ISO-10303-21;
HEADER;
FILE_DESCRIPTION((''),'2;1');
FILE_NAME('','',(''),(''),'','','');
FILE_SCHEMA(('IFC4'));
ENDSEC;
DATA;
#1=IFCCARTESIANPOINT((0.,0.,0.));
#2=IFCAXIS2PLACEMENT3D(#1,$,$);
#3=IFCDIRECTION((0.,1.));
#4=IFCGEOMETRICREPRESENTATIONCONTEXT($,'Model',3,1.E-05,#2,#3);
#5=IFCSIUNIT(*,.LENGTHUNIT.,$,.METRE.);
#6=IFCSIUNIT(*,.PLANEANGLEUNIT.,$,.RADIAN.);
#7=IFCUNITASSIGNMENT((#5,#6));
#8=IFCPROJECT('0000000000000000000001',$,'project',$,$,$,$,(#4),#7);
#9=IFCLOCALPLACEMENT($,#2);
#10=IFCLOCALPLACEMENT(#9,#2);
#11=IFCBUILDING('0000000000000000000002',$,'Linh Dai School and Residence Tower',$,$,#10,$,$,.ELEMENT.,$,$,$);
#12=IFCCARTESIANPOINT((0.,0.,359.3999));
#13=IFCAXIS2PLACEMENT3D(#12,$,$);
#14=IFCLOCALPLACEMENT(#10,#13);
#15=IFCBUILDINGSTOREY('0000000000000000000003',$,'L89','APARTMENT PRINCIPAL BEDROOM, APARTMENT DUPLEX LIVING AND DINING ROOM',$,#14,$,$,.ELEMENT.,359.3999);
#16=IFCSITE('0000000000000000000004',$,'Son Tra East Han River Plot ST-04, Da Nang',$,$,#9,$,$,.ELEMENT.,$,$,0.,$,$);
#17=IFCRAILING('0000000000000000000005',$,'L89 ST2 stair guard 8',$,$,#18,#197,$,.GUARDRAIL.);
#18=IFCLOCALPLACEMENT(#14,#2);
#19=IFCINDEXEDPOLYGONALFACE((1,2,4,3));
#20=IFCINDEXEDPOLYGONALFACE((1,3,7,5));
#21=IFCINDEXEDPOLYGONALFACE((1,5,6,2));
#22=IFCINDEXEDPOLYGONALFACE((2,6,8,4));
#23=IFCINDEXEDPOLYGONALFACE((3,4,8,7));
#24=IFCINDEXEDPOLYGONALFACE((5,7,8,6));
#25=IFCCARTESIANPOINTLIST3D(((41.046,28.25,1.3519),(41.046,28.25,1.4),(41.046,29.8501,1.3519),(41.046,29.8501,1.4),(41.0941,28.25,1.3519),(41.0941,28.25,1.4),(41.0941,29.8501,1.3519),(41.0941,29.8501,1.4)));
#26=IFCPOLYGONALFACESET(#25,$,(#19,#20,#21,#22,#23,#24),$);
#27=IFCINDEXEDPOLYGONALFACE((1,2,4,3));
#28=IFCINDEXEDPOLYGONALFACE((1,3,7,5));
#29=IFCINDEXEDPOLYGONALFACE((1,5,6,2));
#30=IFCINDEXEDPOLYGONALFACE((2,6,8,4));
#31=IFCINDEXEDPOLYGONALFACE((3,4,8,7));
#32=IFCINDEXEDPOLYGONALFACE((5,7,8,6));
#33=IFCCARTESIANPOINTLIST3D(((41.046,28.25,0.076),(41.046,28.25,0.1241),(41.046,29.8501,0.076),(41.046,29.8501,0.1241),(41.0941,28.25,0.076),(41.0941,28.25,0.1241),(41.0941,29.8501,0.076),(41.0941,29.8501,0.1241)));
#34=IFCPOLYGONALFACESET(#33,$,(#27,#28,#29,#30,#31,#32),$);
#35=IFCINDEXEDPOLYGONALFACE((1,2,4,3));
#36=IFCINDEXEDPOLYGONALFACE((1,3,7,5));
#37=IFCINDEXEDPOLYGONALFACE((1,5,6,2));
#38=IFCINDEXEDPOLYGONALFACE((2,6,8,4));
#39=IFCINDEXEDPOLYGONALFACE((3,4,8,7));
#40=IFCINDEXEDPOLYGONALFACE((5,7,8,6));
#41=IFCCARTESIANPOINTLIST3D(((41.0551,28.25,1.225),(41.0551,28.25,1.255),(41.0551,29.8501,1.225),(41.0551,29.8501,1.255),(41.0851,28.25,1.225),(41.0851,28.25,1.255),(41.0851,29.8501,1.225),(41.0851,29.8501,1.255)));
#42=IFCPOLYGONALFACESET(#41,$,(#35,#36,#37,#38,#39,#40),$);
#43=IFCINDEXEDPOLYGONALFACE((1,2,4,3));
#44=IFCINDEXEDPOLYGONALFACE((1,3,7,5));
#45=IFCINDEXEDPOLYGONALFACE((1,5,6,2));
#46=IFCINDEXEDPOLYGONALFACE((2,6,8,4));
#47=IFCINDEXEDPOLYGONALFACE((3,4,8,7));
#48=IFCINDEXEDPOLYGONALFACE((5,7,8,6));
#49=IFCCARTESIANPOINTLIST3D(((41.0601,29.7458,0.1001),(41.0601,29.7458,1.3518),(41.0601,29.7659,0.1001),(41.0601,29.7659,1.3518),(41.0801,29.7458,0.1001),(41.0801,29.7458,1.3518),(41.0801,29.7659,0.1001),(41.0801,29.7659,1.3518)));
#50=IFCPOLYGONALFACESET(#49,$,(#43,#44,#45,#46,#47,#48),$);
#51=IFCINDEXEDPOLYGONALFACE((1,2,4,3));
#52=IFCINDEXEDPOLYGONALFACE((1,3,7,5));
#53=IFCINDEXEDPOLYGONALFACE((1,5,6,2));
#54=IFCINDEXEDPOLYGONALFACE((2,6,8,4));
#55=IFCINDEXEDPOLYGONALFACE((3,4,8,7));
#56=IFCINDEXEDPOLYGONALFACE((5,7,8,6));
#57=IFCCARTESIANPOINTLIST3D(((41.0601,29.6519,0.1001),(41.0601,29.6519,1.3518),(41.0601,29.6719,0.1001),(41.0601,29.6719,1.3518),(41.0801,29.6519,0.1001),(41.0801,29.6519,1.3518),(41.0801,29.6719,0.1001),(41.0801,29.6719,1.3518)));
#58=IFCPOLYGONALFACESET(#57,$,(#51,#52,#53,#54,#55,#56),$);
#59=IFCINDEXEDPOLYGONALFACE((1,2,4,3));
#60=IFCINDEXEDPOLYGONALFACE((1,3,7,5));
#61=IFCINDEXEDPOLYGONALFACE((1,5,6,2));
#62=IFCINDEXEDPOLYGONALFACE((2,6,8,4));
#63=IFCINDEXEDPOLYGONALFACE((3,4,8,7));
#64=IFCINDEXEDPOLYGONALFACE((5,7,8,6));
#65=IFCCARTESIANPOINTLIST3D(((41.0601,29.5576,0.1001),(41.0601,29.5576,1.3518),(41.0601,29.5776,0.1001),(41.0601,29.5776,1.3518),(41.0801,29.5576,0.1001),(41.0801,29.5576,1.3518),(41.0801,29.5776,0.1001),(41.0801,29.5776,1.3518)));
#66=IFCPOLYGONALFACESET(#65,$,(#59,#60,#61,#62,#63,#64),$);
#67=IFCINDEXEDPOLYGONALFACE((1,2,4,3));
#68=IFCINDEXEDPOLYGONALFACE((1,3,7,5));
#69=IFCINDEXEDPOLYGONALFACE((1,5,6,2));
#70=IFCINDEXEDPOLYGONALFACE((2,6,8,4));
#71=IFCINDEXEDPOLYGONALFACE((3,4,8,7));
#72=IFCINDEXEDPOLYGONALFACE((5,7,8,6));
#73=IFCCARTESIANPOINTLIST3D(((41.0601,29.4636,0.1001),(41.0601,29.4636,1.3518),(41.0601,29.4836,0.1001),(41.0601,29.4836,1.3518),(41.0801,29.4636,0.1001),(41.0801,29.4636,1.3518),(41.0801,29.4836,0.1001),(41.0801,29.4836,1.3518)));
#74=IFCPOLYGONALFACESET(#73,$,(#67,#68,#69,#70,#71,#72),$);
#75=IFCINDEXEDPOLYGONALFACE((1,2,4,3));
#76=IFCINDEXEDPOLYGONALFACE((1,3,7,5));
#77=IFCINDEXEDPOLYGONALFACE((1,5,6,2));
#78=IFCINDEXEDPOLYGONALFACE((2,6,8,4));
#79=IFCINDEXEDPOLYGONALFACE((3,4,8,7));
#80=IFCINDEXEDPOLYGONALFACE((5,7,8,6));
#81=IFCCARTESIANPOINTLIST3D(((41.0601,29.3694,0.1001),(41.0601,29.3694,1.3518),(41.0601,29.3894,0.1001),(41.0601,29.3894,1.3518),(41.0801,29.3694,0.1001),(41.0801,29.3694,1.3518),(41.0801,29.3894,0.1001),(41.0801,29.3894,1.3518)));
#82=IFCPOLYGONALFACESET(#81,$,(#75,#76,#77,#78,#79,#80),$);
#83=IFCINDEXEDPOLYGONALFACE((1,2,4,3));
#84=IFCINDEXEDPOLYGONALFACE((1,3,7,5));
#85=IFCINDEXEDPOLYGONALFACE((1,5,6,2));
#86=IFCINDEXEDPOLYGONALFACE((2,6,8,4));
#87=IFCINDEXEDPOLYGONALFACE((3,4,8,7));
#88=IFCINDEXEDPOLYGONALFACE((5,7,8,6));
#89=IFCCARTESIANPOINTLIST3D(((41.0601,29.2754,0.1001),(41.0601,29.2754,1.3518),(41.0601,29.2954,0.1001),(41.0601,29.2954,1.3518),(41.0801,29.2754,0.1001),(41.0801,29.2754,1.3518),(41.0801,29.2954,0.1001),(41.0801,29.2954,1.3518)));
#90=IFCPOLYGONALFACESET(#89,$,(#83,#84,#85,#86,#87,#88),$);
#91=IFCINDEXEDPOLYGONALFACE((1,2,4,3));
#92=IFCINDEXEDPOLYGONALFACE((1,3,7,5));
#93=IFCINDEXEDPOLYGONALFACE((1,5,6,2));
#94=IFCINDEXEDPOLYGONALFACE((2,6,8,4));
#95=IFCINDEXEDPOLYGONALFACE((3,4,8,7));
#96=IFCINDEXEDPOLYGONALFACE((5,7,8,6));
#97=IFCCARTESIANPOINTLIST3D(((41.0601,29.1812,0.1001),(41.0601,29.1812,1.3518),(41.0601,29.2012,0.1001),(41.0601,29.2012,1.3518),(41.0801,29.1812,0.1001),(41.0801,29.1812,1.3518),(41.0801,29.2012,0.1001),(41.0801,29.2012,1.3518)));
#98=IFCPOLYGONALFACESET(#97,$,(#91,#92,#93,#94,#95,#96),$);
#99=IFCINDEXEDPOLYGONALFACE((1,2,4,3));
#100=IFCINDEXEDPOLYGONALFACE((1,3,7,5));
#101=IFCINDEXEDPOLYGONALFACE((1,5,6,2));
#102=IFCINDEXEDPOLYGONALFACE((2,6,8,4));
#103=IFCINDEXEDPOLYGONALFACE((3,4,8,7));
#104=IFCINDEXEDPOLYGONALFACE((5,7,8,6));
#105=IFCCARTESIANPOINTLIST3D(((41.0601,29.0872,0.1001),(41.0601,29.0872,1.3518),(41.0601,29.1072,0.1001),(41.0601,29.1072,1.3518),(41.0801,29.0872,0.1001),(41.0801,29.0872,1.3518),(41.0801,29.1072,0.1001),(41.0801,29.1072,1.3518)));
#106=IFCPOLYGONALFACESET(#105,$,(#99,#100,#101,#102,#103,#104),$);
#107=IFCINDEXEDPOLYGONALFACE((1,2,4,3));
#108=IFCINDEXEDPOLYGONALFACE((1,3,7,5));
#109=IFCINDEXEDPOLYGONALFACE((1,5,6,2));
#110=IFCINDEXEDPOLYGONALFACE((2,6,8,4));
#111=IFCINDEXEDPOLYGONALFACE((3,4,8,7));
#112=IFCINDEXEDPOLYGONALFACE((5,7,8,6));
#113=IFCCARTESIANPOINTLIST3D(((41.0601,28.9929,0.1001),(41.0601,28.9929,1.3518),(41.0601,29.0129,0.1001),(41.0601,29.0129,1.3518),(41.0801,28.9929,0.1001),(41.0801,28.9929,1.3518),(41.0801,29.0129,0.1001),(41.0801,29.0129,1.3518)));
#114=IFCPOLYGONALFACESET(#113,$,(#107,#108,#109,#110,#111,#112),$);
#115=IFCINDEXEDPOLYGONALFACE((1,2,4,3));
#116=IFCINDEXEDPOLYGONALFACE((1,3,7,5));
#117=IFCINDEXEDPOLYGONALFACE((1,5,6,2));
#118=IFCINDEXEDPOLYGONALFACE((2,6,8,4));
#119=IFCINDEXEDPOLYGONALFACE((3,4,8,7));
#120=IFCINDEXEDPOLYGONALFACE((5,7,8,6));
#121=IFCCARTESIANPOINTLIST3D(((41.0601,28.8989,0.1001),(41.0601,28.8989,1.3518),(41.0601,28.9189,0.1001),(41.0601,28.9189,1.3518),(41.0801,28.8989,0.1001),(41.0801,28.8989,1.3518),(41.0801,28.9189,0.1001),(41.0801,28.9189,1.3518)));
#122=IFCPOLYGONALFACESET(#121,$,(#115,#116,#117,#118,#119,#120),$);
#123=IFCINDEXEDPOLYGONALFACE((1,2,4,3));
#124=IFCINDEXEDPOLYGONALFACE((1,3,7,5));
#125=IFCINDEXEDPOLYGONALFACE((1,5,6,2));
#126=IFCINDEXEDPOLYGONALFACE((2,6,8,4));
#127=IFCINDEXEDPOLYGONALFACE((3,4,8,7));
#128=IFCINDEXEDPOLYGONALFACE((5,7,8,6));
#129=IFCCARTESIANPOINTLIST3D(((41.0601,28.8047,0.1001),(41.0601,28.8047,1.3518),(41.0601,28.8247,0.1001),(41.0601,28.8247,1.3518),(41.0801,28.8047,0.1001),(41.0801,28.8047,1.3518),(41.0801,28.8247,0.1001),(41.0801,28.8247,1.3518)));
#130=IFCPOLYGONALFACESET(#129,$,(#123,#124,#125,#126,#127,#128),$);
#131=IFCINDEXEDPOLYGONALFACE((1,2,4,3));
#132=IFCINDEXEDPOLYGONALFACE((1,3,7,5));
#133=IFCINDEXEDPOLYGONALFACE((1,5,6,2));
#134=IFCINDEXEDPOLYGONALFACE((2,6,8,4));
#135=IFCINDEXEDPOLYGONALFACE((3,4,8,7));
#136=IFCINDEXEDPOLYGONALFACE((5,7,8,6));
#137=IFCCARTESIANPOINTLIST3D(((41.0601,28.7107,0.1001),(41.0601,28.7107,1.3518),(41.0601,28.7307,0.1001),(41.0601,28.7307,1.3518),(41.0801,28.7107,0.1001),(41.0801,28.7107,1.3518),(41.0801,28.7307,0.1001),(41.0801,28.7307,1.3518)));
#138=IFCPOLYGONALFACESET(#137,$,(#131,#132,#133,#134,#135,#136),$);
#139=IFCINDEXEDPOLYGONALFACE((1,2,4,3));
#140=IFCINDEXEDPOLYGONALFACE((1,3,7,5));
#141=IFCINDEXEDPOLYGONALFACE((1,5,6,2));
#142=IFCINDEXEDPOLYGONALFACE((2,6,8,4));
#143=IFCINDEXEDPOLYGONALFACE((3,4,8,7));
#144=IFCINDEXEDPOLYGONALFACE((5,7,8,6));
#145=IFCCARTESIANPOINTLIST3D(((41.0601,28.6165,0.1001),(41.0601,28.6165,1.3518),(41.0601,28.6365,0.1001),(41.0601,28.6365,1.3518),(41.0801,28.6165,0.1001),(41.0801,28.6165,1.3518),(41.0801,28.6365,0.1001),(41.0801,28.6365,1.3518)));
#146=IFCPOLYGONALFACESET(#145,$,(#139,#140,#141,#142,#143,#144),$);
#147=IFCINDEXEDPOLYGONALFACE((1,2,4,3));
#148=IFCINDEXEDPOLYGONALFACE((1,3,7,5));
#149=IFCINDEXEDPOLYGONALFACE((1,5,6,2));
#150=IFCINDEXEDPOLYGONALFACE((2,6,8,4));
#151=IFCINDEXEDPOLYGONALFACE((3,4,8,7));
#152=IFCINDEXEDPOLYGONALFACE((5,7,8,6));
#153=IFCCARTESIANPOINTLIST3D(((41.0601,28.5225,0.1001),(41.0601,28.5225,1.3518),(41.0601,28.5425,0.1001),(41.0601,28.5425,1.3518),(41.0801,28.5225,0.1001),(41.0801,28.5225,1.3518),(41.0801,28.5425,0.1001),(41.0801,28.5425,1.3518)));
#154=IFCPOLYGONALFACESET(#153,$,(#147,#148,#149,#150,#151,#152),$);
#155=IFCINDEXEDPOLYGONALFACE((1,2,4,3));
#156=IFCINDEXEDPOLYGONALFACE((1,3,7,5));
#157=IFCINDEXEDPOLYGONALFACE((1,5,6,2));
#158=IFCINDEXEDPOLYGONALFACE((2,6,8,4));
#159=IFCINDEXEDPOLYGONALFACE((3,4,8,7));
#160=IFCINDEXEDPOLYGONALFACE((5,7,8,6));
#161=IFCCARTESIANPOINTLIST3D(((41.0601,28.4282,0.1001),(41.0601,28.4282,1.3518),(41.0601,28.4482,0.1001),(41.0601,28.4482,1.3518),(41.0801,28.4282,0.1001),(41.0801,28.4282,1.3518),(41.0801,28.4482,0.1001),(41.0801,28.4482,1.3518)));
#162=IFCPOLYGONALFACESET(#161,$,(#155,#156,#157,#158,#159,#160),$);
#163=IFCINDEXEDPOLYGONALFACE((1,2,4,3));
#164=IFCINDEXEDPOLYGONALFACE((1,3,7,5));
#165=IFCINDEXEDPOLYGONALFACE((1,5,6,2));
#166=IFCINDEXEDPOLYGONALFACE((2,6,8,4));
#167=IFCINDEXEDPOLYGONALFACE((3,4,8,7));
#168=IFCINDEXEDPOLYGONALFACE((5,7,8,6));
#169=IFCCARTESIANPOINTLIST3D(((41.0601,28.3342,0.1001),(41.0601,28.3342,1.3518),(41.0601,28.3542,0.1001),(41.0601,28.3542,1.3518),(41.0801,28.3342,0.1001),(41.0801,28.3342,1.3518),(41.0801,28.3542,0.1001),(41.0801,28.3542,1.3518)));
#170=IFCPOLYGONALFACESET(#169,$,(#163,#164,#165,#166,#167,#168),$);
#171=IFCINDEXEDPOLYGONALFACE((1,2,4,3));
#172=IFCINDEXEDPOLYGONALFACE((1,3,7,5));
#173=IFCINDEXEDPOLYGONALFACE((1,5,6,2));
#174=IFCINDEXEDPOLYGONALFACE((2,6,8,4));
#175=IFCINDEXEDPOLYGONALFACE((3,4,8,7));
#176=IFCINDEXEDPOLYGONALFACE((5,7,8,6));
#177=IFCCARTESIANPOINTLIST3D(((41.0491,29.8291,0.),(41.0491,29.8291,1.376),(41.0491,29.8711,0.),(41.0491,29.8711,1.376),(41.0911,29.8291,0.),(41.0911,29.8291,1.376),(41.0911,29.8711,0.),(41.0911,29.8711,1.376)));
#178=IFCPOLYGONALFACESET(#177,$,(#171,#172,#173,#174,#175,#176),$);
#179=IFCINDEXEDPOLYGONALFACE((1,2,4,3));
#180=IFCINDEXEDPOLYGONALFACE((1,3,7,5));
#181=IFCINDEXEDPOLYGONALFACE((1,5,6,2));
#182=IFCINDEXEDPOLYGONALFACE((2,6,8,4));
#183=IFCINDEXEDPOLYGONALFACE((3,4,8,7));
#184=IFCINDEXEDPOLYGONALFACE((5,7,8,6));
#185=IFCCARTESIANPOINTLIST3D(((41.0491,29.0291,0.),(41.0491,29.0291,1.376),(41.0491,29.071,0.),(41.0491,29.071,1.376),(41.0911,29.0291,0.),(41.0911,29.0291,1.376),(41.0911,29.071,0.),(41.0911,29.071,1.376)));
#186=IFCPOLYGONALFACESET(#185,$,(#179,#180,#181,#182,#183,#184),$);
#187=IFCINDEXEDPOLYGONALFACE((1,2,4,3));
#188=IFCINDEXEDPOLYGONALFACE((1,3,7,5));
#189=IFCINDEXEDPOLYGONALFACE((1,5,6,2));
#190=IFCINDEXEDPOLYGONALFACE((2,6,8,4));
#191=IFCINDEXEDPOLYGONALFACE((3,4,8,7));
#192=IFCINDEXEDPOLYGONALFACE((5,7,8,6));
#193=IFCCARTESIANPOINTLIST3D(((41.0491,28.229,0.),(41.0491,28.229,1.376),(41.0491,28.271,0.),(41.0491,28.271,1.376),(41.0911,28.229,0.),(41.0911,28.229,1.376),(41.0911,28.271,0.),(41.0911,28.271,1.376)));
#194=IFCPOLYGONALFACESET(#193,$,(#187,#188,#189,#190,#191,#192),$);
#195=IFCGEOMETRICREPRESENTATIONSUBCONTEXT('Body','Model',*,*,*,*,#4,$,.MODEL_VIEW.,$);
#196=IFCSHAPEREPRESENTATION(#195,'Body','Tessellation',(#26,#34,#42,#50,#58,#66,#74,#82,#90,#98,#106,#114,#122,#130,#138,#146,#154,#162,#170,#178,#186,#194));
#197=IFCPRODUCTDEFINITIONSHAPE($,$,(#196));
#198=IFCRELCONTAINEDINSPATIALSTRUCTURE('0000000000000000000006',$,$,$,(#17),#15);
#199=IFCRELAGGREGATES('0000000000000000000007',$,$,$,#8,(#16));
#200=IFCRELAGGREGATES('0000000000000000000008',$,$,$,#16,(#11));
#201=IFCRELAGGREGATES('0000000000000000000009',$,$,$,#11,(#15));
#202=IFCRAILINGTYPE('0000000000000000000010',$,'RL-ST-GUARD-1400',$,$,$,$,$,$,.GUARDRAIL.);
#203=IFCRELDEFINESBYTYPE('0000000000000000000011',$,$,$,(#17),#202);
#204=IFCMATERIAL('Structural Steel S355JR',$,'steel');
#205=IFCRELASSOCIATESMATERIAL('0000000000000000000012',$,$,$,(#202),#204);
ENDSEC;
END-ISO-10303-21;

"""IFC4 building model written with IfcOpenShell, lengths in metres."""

from ifc_helpers import new_model, si_unit, direction, frame, origin, origin_2d, place, context, subcontext, project, spatial, rectangle, extrude, source, transform, mapped, material, type_object, element, save


model = new_model("IFC4")

# Units and contexts
model_context = context("Model", 3, precision=1e-05, world=origin(), true_north=direction((0.0, 1.0)))
body_context = subcontext(model_context, "Body", "Model", "MODEL_VIEW")
ifc_project = project(units=[si_unit("LENGTHUNIT", "METRE"), si_unit("PLANEANGLEUNIT", "RADIAN")], contexts=[model_context])

# Site, building, storey
site_placement = place(None, origin())
site = spatial("IfcSite", under=ifc_project, at=site_placement, Name="Son Tra East Han River Plot ST-04, Da Nang", CompositionType="ELEMENT", RefElevation=0.0)
building_placement = place(site_placement, origin())
building = spatial("IfcBuilding", under=site, at=building_placement, Name="Linh Dai School and Residence Tower", CompositionType="ELEMENT")
storey_placement = place(building_placement, frame((0.0, 0.0, 359.3999)))
storey = spatial("IfcBuildingStorey", under=building, at=storey_placement, Name="L89", Description="APARTMENT PRINCIPAL BEDROOM, APARTMENT DUPLEX LIVING AND DINING ROOM", CompositionType="ELEMENT", Elevation=359.3999)

# Shared definitions
ifc_material_1 = material(Name="Structural Steel S355JR", Category="steel")

# Railing
railing_type_1 = type_object("IfcRailingType", Name="RL-ST-GUARD-1400", PredefinedType="GUARDRAIL", material=ifc_material_1)
shared_shape_1 = source(origin(), body_context, "Body", "SweptSolid", [
    extrude(rectangle(XDim=0.0481, YDim=0.0481, at=origin_2d()), frame((0.0, 0.0, 1.376), z_axis=(0.0, -1.0, 0.0), x_axis=(1.0, 0.0, 0.0)), (0.0, 0.0, 1.0), 1.6001),
    extrude(rectangle(XDim=0.0481, YDim=0.0481, at=origin_2d()), frame((0.0, 0.0, 0.1001), z_axis=(0.0, -1.0, 0.0), x_axis=(1.0, 0.0, 0.0)), (0.0, 0.0, 1.0), 1.6001),
    extrude(rectangle(XDim=0.03, YDim=0.03, at=origin_2d()), frame((0.0, 0.0, 1.24), z_axis=(0.0, -1.0, 0.0), x_axis=(1.0, 0.0, 0.0)), (0.0, 0.0, 1.0), 1.6001),
    extrude(rectangle(XDim=0.02, YDim=0.02, at=origin_2d()), frame((0.0, -0.0942, 0.1001)), (0.0, 0.0, 1.0), 1.2517),
    extrude(rectangle(XDim=0.02, YDim=0.02, at=origin_2d()), frame((0.0, -0.1882, 0.1001)), (0.0, 0.0, 1.0), 1.2517),
    extrude(rectangle(XDim=0.02, YDim=0.02, at=origin_2d()), frame((0.0, -0.2825, 0.1001)), (0.0, 0.0, 1.0), 1.2517),
    extrude(rectangle(XDim=0.02, YDim=0.02, at=origin_2d()), frame((0.0, -0.3765, 0.1001)), (0.0, 0.0, 1.0), 1.2517),
    extrude(rectangle(XDim=0.02, YDim=0.02, at=origin_2d()), frame((0.0, -0.4707, 0.1001)), (0.0, 0.0, 1.0), 1.2517),
    extrude(rectangle(XDim=0.02, YDim=0.02, at=origin_2d()), frame((0.0, -0.5647, 0.1001)), (0.0, 0.0, 1.0), 1.2517),
    extrude(rectangle(XDim=0.02, YDim=0.02, at=origin_2d()), frame((0.0, -0.6589, 0.1001)), (0.0, 0.0, 1.0), 1.2517),
    extrude(rectangle(XDim=0.02, YDim=0.02, at=origin_2d()), frame((0.0, -0.7529, 0.1001)), (0.0, 0.0, 1.0), 1.2517),
    extrude(rectangle(XDim=0.02, YDim=0.02, at=origin_2d()), frame((0.0, -0.8472, 0.1001)), (0.0, 0.0, 1.0), 1.2517),
    extrude(rectangle(XDim=0.02, YDim=0.02, at=origin_2d()), frame((0.0, -0.9412, 0.1001)), (0.0, 0.0, 1.0), 1.2517),
    extrude(rectangle(XDim=0.02, YDim=0.02, at=origin_2d()), frame((0.0, -1.0354, 0.1001)), (0.0, 0.0, 1.0), 1.2517),
    extrude(rectangle(XDim=0.02, YDim=0.02, at=origin_2d()), frame((0.0, -1.1294, 0.1001)), (0.0, 0.0, 1.0), 1.2517),
    extrude(rectangle(XDim=0.02, YDim=0.02, at=origin_2d()), frame((0.0, -1.2236, 0.1001)), (0.0, 0.0, 1.0), 1.2517),
    extrude(rectangle(XDim=0.02, YDim=0.02, at=origin_2d()), frame((0.0, -1.3176, 0.1001)), (0.0, 0.0, 1.0), 1.2517),
    extrude(rectangle(XDim=0.02, YDim=0.02, at=origin_2d()), frame((0.0, -1.4119, 0.1001)), (0.0, 0.0, 1.0), 1.2517),
    extrude(rectangle(XDim=0.02, YDim=0.02, at=origin_2d()), frame((0.0, -1.5059, 0.1001)), (0.0, 0.0, 1.0), 1.2517),
    extrude(rectangle(XDim=0.042, YDim=0.042, at=origin_2d()), origin(), (0.0, 0.0, 1.0), 1.376),
    extrude(rectangle(XDim=0.042, YDim=0.042, at=origin_2d()), frame((0.0, -0.8, 0.0)), (0.0, 0.0, 1.0), 1.376),
    extrude(rectangle(XDim=0.042, YDim=0.042, at=origin_2d()), frame((0.0, -1.6001, 0.0)), (0.0, 0.0, 1.0), 1.376),
])
for number, where, name in (
    (1, (41.0701, 29.8501, 0.0), "L89 ST2 stair guard 8"),
):
    element("IfcRailing", number, at=place(storey_placement, frame(where)), inside=storey, type_object=railing_type_1, Name=name, PredefinedType="GUARDRAIL", context=body_context, shape_type="MappedRepresentation", body=[
        mapped(shared_shape_1, transform((0.0, 0.0, 0.0), x_axis=(1.0, 0.0, 0.0), y_axis=(0.0, 1.0, 0.0), z_axis=(0.0, 0.0, 1.0), scale=1.0)),
    ])

save(model, "model.ifc")
